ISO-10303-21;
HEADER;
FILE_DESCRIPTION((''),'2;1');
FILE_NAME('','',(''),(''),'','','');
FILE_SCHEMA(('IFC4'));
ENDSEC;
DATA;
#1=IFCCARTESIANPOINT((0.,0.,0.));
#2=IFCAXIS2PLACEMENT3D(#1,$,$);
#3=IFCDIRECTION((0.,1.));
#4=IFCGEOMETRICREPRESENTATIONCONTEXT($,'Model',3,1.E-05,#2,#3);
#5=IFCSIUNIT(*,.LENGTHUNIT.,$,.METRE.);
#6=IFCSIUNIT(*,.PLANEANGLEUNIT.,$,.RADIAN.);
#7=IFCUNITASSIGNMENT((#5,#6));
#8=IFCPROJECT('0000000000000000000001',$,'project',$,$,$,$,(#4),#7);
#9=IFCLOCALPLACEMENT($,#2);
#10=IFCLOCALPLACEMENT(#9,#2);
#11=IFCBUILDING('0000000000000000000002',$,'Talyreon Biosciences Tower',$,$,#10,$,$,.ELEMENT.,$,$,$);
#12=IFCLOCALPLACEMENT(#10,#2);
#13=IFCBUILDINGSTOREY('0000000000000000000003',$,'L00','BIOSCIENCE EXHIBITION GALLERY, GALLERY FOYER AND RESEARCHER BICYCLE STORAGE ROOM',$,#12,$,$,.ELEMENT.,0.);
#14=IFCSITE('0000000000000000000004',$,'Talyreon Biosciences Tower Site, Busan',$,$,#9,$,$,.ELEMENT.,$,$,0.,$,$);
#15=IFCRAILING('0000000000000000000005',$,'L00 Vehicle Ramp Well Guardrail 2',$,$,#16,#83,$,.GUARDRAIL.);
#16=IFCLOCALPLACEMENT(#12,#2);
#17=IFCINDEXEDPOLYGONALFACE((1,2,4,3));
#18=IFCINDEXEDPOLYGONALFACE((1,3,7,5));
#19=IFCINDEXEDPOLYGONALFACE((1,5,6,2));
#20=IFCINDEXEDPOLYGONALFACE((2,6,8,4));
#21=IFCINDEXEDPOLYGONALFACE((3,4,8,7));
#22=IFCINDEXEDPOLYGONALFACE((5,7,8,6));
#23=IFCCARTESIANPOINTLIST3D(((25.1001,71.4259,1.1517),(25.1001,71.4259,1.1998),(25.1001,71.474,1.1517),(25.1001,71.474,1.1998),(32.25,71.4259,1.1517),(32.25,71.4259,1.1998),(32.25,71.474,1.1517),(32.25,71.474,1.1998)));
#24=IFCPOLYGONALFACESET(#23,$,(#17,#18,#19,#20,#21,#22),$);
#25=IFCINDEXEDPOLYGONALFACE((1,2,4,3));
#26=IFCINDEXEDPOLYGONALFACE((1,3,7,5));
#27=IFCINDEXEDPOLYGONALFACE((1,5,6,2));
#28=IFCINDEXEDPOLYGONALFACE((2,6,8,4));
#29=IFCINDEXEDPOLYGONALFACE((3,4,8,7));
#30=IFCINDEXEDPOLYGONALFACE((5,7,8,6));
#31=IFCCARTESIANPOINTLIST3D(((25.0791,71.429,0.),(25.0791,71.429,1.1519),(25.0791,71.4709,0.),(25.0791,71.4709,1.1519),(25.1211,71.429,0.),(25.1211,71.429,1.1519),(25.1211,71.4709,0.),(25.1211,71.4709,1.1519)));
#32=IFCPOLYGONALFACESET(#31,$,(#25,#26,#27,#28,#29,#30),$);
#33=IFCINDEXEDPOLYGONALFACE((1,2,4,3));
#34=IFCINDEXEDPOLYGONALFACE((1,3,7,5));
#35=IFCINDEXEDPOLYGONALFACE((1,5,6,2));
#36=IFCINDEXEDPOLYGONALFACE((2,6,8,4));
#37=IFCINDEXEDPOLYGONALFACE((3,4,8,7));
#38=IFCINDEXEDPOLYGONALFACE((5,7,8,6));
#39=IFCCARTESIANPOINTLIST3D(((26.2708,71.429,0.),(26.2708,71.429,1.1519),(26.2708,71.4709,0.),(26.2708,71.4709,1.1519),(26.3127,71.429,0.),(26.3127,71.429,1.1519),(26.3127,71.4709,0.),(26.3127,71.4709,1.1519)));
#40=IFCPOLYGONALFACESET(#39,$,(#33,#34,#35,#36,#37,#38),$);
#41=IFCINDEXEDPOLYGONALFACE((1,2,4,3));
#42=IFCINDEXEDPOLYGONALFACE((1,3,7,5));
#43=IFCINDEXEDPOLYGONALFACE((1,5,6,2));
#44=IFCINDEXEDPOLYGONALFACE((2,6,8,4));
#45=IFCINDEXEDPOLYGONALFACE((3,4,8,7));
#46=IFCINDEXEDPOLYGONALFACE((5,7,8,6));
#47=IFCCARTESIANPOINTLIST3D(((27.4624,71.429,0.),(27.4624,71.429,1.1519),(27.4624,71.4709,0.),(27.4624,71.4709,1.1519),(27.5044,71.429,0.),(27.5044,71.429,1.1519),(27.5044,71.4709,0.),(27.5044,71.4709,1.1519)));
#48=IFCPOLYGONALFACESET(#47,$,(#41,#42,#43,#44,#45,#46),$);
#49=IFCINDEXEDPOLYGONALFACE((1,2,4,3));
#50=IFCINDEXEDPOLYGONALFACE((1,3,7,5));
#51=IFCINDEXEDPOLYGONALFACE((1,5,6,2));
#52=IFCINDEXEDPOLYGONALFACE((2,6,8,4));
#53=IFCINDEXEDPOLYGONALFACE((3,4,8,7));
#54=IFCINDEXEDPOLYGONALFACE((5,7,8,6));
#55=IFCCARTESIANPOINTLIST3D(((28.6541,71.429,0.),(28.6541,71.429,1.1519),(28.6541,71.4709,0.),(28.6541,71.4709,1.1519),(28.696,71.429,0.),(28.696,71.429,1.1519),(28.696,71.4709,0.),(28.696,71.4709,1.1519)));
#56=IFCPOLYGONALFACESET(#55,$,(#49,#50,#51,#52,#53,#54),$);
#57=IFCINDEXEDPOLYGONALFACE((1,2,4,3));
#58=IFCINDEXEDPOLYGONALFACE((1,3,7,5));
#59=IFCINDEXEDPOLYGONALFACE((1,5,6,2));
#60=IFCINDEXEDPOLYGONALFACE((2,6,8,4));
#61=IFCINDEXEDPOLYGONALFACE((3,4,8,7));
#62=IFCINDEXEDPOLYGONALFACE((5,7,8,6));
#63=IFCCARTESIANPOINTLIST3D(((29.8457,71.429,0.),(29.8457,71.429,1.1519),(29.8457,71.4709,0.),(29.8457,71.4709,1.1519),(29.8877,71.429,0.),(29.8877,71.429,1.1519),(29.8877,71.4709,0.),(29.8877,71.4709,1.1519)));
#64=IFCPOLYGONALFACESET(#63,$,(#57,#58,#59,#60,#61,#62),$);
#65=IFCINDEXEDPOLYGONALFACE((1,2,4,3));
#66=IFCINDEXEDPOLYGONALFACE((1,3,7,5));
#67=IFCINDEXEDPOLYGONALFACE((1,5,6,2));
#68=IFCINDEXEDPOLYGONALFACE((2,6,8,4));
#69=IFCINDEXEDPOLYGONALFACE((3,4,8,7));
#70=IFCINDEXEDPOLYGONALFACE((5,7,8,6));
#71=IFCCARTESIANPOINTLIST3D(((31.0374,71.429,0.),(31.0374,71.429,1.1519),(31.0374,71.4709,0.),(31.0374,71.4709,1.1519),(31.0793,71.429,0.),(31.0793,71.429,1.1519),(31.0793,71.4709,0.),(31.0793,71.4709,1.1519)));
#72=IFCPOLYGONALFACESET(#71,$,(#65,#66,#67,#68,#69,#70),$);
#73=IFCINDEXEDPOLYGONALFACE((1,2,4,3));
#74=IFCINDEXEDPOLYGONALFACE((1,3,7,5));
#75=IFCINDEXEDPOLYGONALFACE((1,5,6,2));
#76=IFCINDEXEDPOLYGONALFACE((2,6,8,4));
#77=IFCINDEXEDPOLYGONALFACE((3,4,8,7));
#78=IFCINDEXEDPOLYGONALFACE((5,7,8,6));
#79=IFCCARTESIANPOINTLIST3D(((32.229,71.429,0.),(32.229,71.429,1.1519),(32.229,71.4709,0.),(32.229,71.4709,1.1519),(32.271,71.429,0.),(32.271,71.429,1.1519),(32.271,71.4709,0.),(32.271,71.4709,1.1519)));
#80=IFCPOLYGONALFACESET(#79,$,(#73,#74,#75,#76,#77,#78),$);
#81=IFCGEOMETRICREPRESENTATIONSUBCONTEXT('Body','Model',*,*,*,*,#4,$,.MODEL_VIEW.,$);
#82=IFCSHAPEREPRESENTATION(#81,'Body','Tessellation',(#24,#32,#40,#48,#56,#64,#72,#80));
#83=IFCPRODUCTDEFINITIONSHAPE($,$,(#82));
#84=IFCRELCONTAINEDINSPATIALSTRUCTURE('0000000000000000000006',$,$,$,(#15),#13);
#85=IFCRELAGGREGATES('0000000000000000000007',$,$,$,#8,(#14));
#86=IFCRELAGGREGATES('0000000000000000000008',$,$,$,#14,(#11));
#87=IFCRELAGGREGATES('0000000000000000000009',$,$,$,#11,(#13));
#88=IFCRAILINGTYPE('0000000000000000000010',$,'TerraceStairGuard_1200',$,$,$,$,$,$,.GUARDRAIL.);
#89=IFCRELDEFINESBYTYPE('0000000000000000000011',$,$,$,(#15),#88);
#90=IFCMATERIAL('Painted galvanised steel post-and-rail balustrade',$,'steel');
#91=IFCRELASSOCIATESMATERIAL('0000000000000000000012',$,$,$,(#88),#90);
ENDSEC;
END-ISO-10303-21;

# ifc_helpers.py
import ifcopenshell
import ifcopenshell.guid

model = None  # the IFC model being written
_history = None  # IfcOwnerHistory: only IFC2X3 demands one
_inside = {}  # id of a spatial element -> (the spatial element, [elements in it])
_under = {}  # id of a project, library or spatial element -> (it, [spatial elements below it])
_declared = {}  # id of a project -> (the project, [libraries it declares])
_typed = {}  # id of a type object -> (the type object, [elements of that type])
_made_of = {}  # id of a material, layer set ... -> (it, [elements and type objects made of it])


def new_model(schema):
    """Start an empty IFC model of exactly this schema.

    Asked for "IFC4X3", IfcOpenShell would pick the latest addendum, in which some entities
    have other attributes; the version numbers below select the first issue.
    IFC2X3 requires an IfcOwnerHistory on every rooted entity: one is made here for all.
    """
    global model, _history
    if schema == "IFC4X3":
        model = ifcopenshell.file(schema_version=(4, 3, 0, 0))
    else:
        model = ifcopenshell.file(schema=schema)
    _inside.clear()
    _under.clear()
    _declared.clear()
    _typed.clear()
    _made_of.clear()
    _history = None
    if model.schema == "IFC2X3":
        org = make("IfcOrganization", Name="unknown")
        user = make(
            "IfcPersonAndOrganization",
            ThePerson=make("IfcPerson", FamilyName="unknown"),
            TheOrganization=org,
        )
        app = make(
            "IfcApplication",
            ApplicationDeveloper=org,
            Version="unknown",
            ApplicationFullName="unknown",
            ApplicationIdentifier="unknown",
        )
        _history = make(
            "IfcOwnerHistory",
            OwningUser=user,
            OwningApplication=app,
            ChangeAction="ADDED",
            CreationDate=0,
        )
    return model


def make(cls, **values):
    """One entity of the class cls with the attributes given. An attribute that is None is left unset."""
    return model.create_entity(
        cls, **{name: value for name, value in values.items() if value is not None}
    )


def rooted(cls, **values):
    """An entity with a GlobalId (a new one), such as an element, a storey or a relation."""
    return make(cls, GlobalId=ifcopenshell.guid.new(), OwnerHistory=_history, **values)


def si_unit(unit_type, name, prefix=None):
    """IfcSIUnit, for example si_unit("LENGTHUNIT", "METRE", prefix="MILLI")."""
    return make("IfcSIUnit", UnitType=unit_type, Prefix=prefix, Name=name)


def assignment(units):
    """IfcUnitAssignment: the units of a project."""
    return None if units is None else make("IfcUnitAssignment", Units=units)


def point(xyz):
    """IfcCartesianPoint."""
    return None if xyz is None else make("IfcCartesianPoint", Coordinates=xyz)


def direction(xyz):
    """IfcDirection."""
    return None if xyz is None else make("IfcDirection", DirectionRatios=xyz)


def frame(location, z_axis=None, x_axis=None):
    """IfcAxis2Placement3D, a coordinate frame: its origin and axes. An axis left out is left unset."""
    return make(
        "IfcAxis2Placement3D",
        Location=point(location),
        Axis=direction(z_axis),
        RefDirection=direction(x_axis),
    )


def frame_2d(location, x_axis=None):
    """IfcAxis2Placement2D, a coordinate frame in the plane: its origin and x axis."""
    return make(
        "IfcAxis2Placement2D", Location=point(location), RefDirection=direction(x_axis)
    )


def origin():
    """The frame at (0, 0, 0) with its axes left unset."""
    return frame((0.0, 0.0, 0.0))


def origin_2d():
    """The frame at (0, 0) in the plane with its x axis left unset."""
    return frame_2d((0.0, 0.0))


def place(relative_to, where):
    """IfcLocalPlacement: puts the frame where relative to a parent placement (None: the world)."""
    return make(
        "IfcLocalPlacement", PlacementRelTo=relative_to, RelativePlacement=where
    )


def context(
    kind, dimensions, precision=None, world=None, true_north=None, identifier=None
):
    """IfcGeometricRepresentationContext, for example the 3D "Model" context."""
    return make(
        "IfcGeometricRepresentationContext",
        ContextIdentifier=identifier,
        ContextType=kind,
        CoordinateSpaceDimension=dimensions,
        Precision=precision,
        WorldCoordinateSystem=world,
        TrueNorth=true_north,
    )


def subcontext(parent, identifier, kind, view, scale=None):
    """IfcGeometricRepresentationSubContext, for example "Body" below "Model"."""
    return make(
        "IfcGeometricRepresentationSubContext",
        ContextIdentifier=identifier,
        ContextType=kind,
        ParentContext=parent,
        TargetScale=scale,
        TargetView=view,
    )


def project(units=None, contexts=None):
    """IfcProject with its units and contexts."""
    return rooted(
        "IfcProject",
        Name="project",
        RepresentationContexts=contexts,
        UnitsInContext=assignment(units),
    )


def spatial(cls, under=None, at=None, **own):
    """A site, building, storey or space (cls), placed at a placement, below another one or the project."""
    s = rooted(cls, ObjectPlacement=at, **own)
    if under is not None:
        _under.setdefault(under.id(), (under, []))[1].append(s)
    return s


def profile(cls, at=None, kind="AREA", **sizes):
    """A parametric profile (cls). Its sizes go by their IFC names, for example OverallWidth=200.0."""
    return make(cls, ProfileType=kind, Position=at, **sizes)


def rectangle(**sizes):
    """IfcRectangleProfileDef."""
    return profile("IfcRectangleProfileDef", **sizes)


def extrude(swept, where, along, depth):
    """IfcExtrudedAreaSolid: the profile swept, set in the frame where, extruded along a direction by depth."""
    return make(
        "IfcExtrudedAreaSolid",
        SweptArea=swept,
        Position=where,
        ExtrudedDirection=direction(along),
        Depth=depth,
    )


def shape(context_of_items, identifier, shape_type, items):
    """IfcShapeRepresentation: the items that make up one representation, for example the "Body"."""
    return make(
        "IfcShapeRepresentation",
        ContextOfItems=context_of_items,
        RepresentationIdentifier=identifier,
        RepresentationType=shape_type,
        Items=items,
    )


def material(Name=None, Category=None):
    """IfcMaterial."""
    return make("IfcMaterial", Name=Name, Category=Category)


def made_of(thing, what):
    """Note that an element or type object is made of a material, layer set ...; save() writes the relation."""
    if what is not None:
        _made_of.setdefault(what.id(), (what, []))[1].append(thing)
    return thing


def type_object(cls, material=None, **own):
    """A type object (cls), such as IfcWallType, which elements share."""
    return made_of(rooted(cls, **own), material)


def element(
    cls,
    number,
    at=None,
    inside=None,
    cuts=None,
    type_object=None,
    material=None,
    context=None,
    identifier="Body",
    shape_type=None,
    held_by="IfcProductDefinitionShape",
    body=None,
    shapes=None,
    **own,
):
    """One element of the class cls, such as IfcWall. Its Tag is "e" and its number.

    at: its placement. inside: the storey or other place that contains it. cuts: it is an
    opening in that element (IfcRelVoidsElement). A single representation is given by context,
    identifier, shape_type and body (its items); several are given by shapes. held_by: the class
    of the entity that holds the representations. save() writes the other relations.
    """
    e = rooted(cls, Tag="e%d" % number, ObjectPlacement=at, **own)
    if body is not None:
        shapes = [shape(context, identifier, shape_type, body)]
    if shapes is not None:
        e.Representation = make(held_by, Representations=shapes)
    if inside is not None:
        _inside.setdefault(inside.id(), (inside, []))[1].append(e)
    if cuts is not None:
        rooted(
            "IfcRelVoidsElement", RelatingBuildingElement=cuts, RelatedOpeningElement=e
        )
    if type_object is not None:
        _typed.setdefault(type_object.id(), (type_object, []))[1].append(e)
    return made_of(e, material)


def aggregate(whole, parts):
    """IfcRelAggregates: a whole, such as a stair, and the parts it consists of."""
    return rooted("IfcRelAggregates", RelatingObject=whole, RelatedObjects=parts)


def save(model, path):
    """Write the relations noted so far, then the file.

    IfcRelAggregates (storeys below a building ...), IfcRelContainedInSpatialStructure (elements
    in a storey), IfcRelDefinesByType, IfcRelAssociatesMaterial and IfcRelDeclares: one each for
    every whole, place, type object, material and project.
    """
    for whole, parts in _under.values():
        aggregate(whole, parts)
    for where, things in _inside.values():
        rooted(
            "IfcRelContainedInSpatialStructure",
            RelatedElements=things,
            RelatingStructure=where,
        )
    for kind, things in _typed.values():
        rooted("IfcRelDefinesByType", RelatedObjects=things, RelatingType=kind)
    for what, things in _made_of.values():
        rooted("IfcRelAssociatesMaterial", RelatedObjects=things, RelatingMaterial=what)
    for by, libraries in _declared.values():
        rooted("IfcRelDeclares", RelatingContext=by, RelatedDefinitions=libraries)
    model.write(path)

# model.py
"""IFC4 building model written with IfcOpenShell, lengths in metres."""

from ifc_helpers import new_model, si_unit, direction, frame, origin, origin_2d, place, context, subcontext, project, spatial, rectangle, extrude, material, type_object, element, save


model = new_model("IFC4")

# Units and contexts
model_context = context("Model", 3, precision=1e-05, world=origin(), true_north=direction((0.0, 1.0)))
body_context = subcontext(model_context, "Body", "Model", "MODEL_VIEW")
ifc_project = project(units=[si_unit("LENGTHUNIT", "METRE"), si_unit("PLANEANGLEUNIT", "RADIAN")], contexts=[model_context])

# Site, building, storey
site_placement = place(None, origin())
site = spatial("IfcSite", under=ifc_project, at=site_placement, Name="Talyreon Biosciences Tower Site, Busan", CompositionType="ELEMENT", RefElevation=0.0)
building_placement = place(site_placement, origin())
building = spatial("IfcBuilding", under=site, at=building_placement, Name="Talyreon Biosciences Tower", CompositionType="ELEMENT")
storey_placement = place(building_placement, origin())
storey = spatial("IfcBuildingStorey", under=building, at=storey_placement, Name="L00", Description="BIOSCIENCE EXHIBITION GALLERY, GALLERY FOYER AND RESEARCHER BICYCLE STORAGE ROOM", CompositionType="ELEMENT", Elevation=0.0)

# Railing
ifc_material_1 = material(Name="Painted galvanised steel post-and-rail balustrade", Category="steel")
railing_type = type_object("IfcRailingType", Name="TerraceStairGuard_1200", PredefinedType="GUARDRAIL", material=ifc_material_1)
railing_1_placement = place(storey_placement, frame((25.1001, 71.45, 0.0)))
element("IfcRailing", 1, at=railing_1_placement, inside=storey, type_object=railing_type, Name="L00 Vehicle Ramp Well Guardrail 2", PredefinedType="GUARDRAIL", context=body_context, shape_type="SweptSolid", body=[
    extrude(rectangle(XDim=0.0481, YDim=0.0481, at=origin_2d()), frame((0.0, 0.0, 1.1758), z_axis=(1.0, 0.0, 0.0), x_axis=(0.0, 1.0, 0.0)), (0.0, 0.0, 1.0), 7.1499),
    extrude(rectangle(XDim=0.042, YDim=0.042, at=origin_2d()), origin(), (0.0, 0.0, 1.0), 1.1519),
    extrude(rectangle(XDim=0.042, YDim=0.042, at=origin_2d()), frame((1.1917, 0.0, 0.0)), (0.0, 0.0, 1.0), 1.1519),
    extrude(rectangle(XDim=0.042, YDim=0.042, at=origin_2d()), frame((2.3833, 0.0, 0.0)), (0.0, 0.0, 1.0), 1.1519),
    extrude(rectangle(XDim=0.042, YDim=0.042, at=origin_2d()), frame((3.575, 0.0, 0.0)), (0.0, 0.0, 1.0), 1.1519),
    extrude(rectangle(XDim=0.042, YDim=0.042, at=origin_2d()), frame((4.7666, 0.0, 0.0)), (0.0, 0.0, 1.0), 1.1519),
    extrude(rectangle(XDim=0.042, YDim=0.042, at=origin_2d()), frame((5.9583, 0.0, 0.0)), (0.0, 0.0, 1.0), 1.1519),
    extrude(rectangle(XDim=0.042, YDim=0.042, at=origin_2d()), frame((7.1499, 0.0, 0.0)), (0.0, 0.0, 1.0), 1.1519),
])

save(model, "model.ifc")
